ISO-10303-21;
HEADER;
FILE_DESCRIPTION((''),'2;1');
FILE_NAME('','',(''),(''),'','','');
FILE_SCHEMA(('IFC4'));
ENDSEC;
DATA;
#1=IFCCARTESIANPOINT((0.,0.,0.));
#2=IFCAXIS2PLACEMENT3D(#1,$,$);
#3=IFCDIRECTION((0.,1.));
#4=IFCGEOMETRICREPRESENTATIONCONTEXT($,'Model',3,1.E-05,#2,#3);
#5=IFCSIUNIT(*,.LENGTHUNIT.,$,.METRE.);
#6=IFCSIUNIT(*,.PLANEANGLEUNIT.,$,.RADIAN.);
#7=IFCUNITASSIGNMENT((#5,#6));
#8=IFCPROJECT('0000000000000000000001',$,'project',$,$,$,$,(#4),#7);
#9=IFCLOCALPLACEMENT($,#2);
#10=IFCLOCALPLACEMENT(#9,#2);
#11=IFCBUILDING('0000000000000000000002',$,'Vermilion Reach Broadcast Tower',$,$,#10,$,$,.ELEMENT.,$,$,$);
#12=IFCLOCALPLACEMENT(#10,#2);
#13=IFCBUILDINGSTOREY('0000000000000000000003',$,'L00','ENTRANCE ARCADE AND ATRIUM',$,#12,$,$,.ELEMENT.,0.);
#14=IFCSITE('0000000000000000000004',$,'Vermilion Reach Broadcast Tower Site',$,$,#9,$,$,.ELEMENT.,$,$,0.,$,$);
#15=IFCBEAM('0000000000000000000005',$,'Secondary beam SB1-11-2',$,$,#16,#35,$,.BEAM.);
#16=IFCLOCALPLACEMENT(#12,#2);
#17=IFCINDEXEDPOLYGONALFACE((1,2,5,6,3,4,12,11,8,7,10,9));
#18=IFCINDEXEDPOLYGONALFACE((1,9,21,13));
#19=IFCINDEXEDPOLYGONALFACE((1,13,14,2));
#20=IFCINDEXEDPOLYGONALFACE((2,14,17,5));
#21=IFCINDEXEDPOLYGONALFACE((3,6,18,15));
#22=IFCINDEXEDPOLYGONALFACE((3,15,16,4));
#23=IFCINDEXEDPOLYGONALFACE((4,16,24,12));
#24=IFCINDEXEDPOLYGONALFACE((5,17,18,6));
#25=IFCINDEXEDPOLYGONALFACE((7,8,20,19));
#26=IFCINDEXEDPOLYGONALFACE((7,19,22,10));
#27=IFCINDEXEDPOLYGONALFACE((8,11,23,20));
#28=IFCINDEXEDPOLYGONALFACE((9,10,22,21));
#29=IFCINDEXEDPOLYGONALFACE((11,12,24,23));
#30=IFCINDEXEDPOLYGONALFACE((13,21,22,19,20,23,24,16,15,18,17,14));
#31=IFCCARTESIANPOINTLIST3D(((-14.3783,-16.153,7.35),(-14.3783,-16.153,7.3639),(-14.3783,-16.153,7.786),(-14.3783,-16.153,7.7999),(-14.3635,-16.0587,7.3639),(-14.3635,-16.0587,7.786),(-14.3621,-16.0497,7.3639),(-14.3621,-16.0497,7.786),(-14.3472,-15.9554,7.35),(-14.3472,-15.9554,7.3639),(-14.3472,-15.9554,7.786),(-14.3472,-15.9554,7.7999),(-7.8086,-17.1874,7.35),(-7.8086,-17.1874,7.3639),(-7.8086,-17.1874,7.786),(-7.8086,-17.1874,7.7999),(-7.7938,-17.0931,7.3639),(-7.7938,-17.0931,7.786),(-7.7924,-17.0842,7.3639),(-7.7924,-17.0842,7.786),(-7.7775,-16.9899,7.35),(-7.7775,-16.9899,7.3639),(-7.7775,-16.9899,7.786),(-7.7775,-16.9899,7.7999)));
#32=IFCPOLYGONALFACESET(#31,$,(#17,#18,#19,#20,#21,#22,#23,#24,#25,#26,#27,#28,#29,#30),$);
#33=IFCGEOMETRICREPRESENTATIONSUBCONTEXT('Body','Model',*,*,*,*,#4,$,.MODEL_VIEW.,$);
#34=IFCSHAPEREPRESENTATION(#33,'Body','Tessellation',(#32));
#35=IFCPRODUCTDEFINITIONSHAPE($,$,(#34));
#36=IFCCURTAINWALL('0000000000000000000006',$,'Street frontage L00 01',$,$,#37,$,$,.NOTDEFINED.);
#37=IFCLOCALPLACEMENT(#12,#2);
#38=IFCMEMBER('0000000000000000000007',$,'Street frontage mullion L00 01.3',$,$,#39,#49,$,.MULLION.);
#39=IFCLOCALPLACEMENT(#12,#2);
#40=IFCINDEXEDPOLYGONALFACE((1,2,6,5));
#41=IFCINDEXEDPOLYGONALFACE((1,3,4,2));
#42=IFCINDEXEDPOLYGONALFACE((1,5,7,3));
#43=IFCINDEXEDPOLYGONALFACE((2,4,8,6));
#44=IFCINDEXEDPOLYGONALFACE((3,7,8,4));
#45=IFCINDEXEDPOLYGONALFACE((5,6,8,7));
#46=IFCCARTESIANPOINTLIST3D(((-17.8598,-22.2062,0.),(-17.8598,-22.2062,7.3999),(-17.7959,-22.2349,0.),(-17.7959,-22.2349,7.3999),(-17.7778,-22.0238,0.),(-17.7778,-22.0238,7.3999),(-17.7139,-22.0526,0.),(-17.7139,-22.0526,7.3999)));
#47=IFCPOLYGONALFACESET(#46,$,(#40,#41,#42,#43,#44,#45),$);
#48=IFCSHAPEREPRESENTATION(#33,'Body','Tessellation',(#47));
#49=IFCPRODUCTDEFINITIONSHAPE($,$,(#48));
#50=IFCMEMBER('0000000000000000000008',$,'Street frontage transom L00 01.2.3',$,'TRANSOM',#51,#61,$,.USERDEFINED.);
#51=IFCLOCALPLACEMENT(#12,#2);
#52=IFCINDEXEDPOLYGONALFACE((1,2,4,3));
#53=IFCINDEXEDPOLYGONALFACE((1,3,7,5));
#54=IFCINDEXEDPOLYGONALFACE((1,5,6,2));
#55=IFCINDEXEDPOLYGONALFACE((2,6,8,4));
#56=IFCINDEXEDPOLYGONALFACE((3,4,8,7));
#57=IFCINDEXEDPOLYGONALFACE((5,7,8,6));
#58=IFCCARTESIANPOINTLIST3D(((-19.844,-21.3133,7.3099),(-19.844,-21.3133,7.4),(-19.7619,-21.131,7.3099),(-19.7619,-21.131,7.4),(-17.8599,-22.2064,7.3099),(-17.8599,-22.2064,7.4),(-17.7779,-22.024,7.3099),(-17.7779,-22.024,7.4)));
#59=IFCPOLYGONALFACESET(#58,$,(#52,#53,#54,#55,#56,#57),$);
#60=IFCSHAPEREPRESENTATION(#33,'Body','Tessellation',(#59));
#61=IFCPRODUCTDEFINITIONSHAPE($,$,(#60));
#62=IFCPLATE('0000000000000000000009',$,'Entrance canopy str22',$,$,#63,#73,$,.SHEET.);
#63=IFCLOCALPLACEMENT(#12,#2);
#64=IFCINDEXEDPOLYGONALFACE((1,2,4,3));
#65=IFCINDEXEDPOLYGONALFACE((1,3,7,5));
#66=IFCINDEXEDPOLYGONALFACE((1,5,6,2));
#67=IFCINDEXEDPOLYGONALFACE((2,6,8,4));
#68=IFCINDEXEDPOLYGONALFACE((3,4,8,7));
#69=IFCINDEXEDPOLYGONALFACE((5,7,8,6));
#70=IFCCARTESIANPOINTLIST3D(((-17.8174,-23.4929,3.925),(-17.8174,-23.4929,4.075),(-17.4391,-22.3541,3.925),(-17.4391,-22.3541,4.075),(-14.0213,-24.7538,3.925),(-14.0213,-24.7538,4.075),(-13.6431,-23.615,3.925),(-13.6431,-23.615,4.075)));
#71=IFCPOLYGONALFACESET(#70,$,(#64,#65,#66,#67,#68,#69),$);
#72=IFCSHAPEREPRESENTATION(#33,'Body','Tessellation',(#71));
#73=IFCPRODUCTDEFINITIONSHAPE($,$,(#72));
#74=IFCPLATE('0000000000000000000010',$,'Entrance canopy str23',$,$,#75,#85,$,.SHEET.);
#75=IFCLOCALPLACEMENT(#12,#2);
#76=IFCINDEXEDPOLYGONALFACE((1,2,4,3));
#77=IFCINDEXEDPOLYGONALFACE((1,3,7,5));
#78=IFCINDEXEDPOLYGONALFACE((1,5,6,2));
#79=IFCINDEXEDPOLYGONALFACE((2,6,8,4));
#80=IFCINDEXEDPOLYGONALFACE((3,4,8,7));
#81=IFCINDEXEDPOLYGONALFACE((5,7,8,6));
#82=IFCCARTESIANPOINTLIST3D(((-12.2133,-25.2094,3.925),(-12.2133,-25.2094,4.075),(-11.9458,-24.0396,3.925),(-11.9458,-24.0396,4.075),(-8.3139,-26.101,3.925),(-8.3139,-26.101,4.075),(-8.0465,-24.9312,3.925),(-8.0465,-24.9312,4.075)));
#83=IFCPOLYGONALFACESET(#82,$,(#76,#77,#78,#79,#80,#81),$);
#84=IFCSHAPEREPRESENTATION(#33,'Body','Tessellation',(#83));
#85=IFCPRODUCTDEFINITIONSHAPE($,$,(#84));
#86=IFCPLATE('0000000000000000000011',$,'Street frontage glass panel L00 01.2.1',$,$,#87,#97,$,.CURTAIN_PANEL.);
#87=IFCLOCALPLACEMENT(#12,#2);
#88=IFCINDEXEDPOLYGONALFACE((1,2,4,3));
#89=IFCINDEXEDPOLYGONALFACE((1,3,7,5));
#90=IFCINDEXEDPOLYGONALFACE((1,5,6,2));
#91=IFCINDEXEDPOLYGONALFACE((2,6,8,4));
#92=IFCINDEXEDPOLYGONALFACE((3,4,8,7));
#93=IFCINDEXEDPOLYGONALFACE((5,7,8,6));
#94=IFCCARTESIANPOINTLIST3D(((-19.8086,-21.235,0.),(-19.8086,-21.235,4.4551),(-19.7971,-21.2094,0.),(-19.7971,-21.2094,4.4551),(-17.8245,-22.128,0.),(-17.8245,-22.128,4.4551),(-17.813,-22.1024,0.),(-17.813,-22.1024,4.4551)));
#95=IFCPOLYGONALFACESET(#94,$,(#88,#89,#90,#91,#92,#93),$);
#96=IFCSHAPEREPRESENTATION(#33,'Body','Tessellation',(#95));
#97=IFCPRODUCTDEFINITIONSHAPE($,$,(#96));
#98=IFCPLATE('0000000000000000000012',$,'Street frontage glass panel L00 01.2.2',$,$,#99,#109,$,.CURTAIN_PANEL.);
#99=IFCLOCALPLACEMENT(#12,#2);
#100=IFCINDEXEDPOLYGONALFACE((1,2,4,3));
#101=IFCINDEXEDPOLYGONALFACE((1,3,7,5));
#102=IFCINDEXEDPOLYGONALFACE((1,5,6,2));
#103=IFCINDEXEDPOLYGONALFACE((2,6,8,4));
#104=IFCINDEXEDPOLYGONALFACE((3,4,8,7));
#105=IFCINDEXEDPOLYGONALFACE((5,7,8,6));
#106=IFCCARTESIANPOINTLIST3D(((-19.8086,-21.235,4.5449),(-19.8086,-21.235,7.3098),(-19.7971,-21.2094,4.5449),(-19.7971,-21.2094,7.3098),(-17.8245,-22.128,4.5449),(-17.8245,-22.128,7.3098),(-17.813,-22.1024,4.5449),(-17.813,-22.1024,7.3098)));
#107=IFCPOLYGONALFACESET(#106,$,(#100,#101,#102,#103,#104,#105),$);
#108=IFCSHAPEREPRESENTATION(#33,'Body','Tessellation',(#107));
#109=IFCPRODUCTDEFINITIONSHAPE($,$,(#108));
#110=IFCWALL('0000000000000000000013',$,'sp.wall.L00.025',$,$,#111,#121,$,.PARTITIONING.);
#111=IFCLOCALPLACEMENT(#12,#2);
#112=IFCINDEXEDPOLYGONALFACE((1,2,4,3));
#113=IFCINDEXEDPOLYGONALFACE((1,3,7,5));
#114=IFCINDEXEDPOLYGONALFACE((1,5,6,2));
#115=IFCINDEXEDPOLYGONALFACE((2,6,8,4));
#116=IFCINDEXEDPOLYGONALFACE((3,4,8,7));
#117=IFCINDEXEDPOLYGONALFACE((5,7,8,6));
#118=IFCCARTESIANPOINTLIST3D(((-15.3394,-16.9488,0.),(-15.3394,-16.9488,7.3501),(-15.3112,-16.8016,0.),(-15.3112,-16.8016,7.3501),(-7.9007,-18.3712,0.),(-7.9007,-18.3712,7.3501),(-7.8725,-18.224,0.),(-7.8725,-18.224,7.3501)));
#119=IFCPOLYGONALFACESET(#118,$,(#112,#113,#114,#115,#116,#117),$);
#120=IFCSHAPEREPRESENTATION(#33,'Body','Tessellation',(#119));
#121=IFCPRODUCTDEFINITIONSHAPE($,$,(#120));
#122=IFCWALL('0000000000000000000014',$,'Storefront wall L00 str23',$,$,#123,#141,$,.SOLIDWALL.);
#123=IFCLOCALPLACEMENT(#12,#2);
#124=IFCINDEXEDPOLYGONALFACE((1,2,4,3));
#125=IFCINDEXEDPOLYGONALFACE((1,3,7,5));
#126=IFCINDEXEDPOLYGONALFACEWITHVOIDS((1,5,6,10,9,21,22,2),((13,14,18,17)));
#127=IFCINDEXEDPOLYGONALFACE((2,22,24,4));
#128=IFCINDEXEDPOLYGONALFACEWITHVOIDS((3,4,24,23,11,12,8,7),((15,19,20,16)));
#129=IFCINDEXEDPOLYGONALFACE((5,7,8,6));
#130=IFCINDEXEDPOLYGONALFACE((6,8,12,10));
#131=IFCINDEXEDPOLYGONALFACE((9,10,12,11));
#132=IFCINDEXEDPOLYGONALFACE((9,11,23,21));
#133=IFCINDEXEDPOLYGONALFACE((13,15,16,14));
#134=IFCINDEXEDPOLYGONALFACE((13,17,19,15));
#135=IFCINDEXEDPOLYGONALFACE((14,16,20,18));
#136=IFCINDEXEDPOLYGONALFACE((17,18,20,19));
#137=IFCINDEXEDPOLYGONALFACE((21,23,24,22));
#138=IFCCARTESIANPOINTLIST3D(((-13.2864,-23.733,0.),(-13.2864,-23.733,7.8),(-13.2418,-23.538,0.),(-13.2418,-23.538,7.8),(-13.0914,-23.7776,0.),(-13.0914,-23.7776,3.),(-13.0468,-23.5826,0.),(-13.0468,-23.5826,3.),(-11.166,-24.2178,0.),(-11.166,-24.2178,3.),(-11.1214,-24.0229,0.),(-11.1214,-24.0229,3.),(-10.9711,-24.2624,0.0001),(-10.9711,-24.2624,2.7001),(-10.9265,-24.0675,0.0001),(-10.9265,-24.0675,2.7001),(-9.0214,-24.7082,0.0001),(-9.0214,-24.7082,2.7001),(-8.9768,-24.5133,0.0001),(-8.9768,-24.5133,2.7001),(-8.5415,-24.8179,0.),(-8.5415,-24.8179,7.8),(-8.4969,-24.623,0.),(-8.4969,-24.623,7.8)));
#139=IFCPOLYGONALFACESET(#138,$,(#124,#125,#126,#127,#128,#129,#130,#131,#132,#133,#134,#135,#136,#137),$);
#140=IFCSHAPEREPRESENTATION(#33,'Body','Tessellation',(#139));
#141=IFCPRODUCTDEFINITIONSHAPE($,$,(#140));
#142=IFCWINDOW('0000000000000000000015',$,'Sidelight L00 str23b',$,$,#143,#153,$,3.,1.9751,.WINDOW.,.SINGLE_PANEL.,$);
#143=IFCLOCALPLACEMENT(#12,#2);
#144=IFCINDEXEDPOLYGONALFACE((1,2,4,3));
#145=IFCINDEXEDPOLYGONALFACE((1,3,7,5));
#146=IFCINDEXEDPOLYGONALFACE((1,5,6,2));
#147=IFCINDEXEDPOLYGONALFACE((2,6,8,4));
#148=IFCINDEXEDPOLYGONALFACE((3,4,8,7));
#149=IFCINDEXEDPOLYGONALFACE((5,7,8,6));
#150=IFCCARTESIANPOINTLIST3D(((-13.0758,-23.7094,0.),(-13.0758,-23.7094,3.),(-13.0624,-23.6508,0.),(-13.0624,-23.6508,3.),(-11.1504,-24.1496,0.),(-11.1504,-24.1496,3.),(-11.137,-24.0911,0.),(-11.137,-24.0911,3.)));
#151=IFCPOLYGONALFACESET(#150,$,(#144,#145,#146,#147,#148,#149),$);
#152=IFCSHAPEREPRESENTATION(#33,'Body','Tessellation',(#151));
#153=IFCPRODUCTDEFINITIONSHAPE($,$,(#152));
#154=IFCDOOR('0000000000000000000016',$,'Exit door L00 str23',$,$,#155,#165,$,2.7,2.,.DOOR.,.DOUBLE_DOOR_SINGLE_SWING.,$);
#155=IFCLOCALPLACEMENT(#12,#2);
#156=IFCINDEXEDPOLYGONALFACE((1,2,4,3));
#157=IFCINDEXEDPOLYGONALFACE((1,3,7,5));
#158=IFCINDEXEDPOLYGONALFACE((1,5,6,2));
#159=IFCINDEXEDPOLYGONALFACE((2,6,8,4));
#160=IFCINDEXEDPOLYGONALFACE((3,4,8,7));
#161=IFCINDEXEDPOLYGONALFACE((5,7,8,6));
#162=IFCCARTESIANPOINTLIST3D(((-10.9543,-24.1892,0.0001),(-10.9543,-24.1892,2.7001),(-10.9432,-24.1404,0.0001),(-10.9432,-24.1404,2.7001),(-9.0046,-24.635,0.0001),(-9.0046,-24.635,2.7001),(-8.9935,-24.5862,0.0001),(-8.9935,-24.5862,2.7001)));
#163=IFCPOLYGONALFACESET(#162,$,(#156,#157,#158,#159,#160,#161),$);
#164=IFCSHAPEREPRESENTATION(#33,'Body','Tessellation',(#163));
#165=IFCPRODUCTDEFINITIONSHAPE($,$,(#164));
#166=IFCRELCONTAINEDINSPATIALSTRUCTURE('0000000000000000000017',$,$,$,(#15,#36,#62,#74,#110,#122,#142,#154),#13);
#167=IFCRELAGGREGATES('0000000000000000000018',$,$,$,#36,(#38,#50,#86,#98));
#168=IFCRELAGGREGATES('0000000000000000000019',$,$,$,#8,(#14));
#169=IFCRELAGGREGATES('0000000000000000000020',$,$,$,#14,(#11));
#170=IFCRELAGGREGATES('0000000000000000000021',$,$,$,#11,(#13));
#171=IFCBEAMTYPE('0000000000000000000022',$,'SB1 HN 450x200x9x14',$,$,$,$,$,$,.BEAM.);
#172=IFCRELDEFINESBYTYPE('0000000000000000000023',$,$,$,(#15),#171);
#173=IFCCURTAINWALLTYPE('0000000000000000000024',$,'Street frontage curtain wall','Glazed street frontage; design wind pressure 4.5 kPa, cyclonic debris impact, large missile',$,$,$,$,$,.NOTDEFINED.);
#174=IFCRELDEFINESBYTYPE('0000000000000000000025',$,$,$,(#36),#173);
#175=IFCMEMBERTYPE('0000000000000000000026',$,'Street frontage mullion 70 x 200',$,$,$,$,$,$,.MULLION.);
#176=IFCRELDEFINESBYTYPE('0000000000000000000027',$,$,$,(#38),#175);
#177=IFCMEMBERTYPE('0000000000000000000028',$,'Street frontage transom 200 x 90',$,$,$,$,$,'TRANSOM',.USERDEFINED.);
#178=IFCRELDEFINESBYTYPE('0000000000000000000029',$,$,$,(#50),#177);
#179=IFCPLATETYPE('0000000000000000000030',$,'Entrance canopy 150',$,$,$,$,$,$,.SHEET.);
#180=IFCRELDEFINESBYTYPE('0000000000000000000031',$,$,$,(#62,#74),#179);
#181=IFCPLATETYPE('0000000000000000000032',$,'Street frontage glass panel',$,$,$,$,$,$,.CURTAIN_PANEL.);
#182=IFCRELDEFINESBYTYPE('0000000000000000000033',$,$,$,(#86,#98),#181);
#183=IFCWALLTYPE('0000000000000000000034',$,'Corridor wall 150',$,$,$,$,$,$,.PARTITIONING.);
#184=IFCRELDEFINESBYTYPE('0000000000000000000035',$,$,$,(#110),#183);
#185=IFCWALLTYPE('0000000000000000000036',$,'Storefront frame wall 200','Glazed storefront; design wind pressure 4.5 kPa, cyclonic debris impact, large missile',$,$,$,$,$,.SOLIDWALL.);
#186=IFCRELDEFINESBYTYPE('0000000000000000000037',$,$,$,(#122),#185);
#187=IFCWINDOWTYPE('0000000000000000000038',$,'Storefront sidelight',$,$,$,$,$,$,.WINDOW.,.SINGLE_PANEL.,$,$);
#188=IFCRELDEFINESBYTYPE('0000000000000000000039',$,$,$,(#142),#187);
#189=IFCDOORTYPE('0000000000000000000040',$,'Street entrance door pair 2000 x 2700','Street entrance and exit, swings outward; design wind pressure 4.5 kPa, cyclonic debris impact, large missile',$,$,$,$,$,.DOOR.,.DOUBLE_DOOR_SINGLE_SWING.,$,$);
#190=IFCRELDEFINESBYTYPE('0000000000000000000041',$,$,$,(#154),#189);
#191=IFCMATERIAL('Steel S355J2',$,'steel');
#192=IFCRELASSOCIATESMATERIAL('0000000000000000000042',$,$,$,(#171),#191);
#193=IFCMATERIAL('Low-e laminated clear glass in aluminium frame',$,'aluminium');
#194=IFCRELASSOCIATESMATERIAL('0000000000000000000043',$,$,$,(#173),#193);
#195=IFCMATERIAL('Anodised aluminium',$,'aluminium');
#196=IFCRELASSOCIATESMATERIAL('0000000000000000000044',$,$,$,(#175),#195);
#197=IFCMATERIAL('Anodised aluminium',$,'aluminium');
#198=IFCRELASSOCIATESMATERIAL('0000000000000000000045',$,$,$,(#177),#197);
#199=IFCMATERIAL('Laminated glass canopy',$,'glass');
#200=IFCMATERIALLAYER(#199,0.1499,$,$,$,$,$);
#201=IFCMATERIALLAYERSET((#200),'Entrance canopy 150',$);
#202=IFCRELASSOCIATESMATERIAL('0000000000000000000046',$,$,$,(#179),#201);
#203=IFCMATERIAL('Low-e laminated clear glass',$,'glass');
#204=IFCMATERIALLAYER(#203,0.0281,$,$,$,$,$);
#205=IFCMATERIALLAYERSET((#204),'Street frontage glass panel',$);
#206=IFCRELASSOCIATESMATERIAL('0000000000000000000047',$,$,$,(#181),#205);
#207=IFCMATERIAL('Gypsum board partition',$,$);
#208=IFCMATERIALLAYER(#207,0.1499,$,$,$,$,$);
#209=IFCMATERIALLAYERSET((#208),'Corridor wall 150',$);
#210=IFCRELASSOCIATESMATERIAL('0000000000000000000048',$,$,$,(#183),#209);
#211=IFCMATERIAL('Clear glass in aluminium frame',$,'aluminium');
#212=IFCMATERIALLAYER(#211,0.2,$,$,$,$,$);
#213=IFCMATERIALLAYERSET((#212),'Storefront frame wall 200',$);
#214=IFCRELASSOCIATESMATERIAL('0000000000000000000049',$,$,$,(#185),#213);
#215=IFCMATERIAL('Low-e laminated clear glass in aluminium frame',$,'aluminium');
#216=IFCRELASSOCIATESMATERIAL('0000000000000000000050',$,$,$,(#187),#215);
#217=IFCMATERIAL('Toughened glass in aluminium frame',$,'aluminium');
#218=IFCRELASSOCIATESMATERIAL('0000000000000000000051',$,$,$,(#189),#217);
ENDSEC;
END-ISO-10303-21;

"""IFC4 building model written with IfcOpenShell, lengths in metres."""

from ifc_helpers import new_model, si_unit, direction, frame, frame_2d, origin, origin_2d, place, context, subcontext, project, spatial, rectangle, i_section, extrude, material, layer, layer_set, material_profile, profile_set, type_object, element, fill, aggregate, save


model = new_model("IFC4")

# Units and contexts
model_context = context("Model", 3, precision=1e-05, world=origin(), true_north=direction((0.0, 1.0)))
body_context = subcontext(model_context, "Body", "Model", "MODEL_VIEW")
ifc_project = project(units=[si_unit("LENGTHUNIT", "METRE"), si_unit("PLANEANGLEUNIT", "RADIAN")], contexts=[model_context])

# Site, building, storey
site_placement = place(None, origin())
site = spatial("IfcSite", under=ifc_project, at=site_placement, Name="Vermilion Reach Broadcast Tower Site", CompositionType="ELEMENT", RefElevation=0.0)
building_placement = place(site_placement, origin())
building = spatial("IfcBuilding", under=site, at=building_placement, Name="Vermilion Reach Broadcast Tower", CompositionType="ELEMENT")
storey_placement = place(building_placement, origin())
storey = spatial("IfcBuildingStorey", under=building, at=storey_placement, Name="L00", Description="ENTRANCE ARCADE AND ATRIUM", CompositionType="ELEMENT", Elevation=0.0)

# Beam
ifc_material_1 = material(Name="Steel S355J2", Category="steel")
ifc_material_profile_1 = material_profile(ifc_material_1, i_section(OverallWidth=0.2, OverallDepth=0.45, WebThickness=0.009, FlangeThickness=0.0139, at=origin_2d()), Name="S355J2 HN 450x200x9x14")
ifc_profile_set_1 = profile_set([ifc_material_profile_1], Name="Steel S355J2")
beam_type_1 = type_object("IfcBeamType", Name="SB1 HN 450x200x9x14", PredefinedType="BEAM", material=ifc_profile_set_1)
beam_1_placement = place(storey_placement, frame((-14.3628, -16.0542, 7.575), z_axis=(0.98783, -0.15554, 0.0), x_axis=(0.15554, 0.98783, 0.0)))
element("IfcBeam", 1, at=beam_1_placement, inside=storey, type_object=beam_type_1, Name="Secondary beam SB1-11-2", PredefinedType="BEAM", context=body_context, shape_type="SweptSolid", body=[
    extrude(i_section(OverallWidth=0.2, OverallDepth=0.45, WebThickness=0.009, FlangeThickness=0.0139, at=origin_2d()), origin(), (0.0, 0.0, 1.0), 6.6506),
])

# Curtain wall, members
ifc_material_2 = material(Name="Low-e laminated clear glass in aluminium frame", Category="aluminium")
curtain_wall_type = type_object("IfcCurtainWallType", Name="Street frontage curtain wall", Description="Glazed street frontage; design wind pressure 4.5 kPa, cyclonic debris impact, large missile", PredefinedType="NOTDEFINED", material=ifc_material_2)
curtain_wall_placement = place(storey_placement, origin())
curtain_wall = element("IfcCurtainWall", 2, at=curtain_wall_placement, inside=storey, type_object=curtain_wall_type, Name="Street frontage L00 01", PredefinedType="NOTDEFINED")
ifc_material_3 = material(Name="Anodised aluminium", Category="aluminium")
ifc_material_profile_2 = material_profile(ifc_material_3, rectangle(XDim=0.2, YDim=0.0701, at=origin_2d()), Name="Street frontage mullion 70 x 200")
ifc_profile_set_2 = profile_set([ifc_material_profile_2], Name="Anodised aluminium")
member_type_1 = type_object("IfcMemberType", Name="Street frontage mullion 70 x 200", PredefinedType="MULLION", material=ifc_profile_set_2)
member_1_placement = place(storey_placement, frame((-17.7869, -22.1294, 0.0), z_axis=(0.0, 0.0, 1.0), x_axis=(0.410408, 0.911902, 0.0)))
member_1 = element("IfcMember", 3, at=member_1_placement, type_object=member_type_1, Name="Street frontage mullion L00 01.3", PredefinedType="MULLION", context=body_context, shape_type="SweptSolid", body=[
    extrude(rectangle(XDim=0.2, YDim=0.0701, at=origin_2d()), origin(), (0.0, 0.0, 1.0), 7.3999),
])
ifc_material_4 = material(Name="Anodised aluminium", Category="aluminium")
ifc_material_profile_3 = material_profile(ifc_material_4, rectangle(XDim=0.2, YDim=0.0901, at=origin_2d()), Name="Street frontage transom 200 x 90")
ifc_profile_set_3 = profile_set([ifc_material_profile_3], Name="Anodised aluminium")
member_type_2 = type_object("IfcMemberType", Name="Street frontage transom 200 x 90", ElementType="TRANSOM", PredefinedType="USERDEFINED", material=ifc_profile_set_3)
member_2_placement = place(storey_placement, frame((-19.803, -21.2222, 7.355), z_axis=(0.911886, -0.410444, 0.0), x_axis=(0.410444, 0.911886, 0.0)))
member_2 = element("IfcMember", 4, at=member_2_placement, type_object=member_type_2, Name="Street frontage transom L00 01.2.3", ObjectType="TRANSOM", PredefinedType="USERDEFINED", context=body_context, shape_type="SweptSolid", body=[
    extrude(rectangle(XDim=0.2, YDim=0.0901, at=origin_2d()), origin(), (0.0, 0.0, 1.0), 2.1758),
])

# Plates
ifc_material_5 = material(Name="Laminated glass canopy", Category="glass")
ifc_layer_1 = layer(ifc_material_5, 0.1499)
ifc_layer_set_1 = layer_set([ifc_layer_1], Name="Entrance canopy 150")
plate_type_1 = type_object("IfcPlateType", Name="Entrance canopy 150", PredefinedType="SHEET", material=ifc_layer_set_1)
for number, where, z_axis, x_axis, name in (
    (5, (-15.7302, -23.554, 3.925), (0.0, 0.0, 1.0), (-0.949016, 0.315228, 0.0), "Entrance canopy str22"),
    (6, (-10.1299, -25.0703, 3.925), (0.0, 0.0, 1.0), (-0.974843, 0.222892, 0.0), "Entrance canopy str23"),
):
    element("IfcPlate", number, at=place(storey_placement, frame(where, z_axis=z_axis, x_axis=x_axis)), inside=storey, type_object=plate_type_1, Name=name, PredefinedType="SHEET", context=body_context, shape_type="SweptSolid", body=[
        extrude(rectangle(XDim=4.0, YDim=1.2, at=origin_2d()), origin(), (0.0, 0.0, 1.0), 0.1499),
    ])

# Plates
ifc_material_6 = material(Name="Low-e laminated clear glass", Category="glass")
ifc_layer_2 = layer(ifc_material_6, 0.0281)
ifc_layer_set_2 = layer_set([ifc_layer_2], Name="Street frontage glass panel")
plate_type_2 = type_object("IfcPlateType", Name="Street frontage glass panel", PredefinedType="CURTAIN_PANEL", material=ifc_layer_set_2)
plate_1_placement = place(storey_placement, frame((-18.8108, -21.6687, 0.0), z_axis=(0.0, 0.0, 1.0), x_axis=(0.911902, -0.410408, 0.0)))
plate_1 = element("IfcPlate", 7, at=plate_1_placement, type_object=plate_type_2, Name="Street frontage glass panel L00 01.2.1", PredefinedType="CURTAIN_PANEL", context=body_context, shape_type="SweptSolid", body=[
    extrude(rectangle(XDim=2.1758, YDim=0.0281, at=origin_2d()), origin(), (0.0, 0.0, 1.0), 4.4551),
])
plate_2_placement = place(storey_placement, frame((-18.8108, -21.6687, 4.5449), z_axis=(0.0, 0.0, 1.0), x_axis=(0.911902, -0.410408, 0.0)))
plate_2 = element("IfcPlate", 8, at=plate_2_placement, type_object=plate_type_2, Name="Street frontage glass panel L00 01.2.2", PredefinedType="CURTAIN_PANEL", context=body_context, shape_type="SweptSolid", body=[
    extrude(rectangle(XDim=2.1758, YDim=0.0281, at=origin_2d()), origin(), (0.0, 0.0, 1.0), 2.7649),
])
aggregate(curtain_wall, [member_1, member_2, plate_1, plate_2])

# Wall
ifc_material_7 = material(Name="Gypsum board partition")
ifc_layer_3 = layer(ifc_material_7, 0.1499)
ifc_layer_set_3 = layer_set([ifc_layer_3], Name="Corridor wall 150")
wall_type_1 = type_object("IfcWallType", Name="Corridor wall 150", PredefinedType="PARTITIONING", material=ifc_layer_set_3)
wall_1_placement = place(storey_placement, frame((-15.3252, -16.8752, 0.0), z_axis=(0.0, 0.0, 1.0), x_axis=(0.982206, -0.187808, 0.0)))
element("IfcWall", 9, at=wall_1_placement, inside=storey, type_object=wall_type_1, Name="sp.wall.L00.025", PredefinedType="PARTITIONING", context=body_context, shape_type="SweptSolid", body=[
    extrude(rectangle(XDim=7.5735, YDim=0.1499, at=frame_2d((3.7866, 0.0))), origin(), (0.0, 0.0, 1.0), 7.3501),
])

# Wall, openings, window, door
ifc_material_8 = material(Name="Clear glass in aluminium frame", Category="aluminium")
ifc_layer_4 = layer(ifc_material_8, 0.2)
ifc_layer_set_4 = layer_set([ifc_layer_4], Name="Storefront frame wall 200")
wall_type_2 = type_object("IfcWallType", Name="Storefront frame wall 200", Description="Glazed storefront; design wind pressure 4.5 kPa, cyclonic debris impact, large missile", PredefinedType="SOLIDWALL", material=ifc_layer_set_4)
wall_2_placement = place(storey_placement, frame((-8.5193, -24.7205, 0.0), z_axis=(0.0, 0.0, 1.0), x_axis=(-0.97484, 0.222907, 0.0)))
wall_2 = element("IfcWall", 10, at=wall_2_placement, inside=storey, type_object=wall_type_2, Name="Storefront wall L00 str23", PredefinedType="SOLIDWALL", context=body_context, shape_type="SweptSolid", body=[
    extrude(rectangle(XDim=4.8674, YDim=0.2, at=frame_2d((2.4336, 0.0))), origin(), (0.0, 0.0, 1.0), 7.8),
])
opening_1_placement = place(wall_2_placement, frame((0.4922, 0.0, 0.0)))
opening_1 = element("IfcOpeningElement", 11, at=opening_1_placement, cuts=wall_2, PredefinedType="OPENING", context=body_context, shape_type="SweptSolid", body=[
    extrude(rectangle(XDim=2.0, YDim=2.7, at=frame_2d((1.0, 1.3501))), frame((0.0, 0.1099, 0.0), z_axis=(0.0, -1.0, 0.0), x_axis=(1.0, 0.0, 0.0)), (0.0, 0.0, 1.0), 0.22),
])
opening_2_placement = place(wall_2_placement, frame((2.6921, 0.0, 0.0)))
opening_2 = element("IfcOpeningElement", 12, at=opening_2_placement, cuts=wall_2, PredefinedType="OPENING", context=body_context, shape_type="SweptSolid", body=[
    extrude(rectangle(XDim=1.9751, YDim=3.0, at=frame_2d((0.9875, 1.5))), frame((0.0, 0.1099, 0.0), z_axis=(0.0, -1.0, 0.0), x_axis=(1.0, 0.0, 0.0)), (0.0, 0.0, 1.0), 0.22),
])
ifc_material_9 = material(Name="Low-e laminated clear glass in aluminium frame", Category="aluminium")
window_type = type_object("IfcWindowType", Name="Storefront sidelight", PartitioningType="SINGLE_PANEL", PredefinedType="WINDOW", material=ifc_material_9)
window_1_placement = place(opening_2_placement, origin())
window_1 = element("IfcWindow", 13, at=window_1_placement, inside=storey, type_object=window_type, Name="Sidelight L00 str23b", OverallHeight=3.0, OverallWidth=1.9751, PartitioningType="SINGLE_PANEL", PredefinedType="WINDOW", context=body_context, shape_type="SweptSolid", body=[
    extrude(rectangle(XDim=1.9751, YDim=3.0, at=frame_2d((0.9875, 1.5))), frame((0.0, 0.03, 0.0), z_axis=(0.0, -1.0, 0.0), x_axis=(1.0, 0.0, 0.0)), (0.0, 0.0, 1.0), 0.0601),
])
fill(opening_2, window_1)
ifc_material_10 = material(Name="Toughened glass in aluminium frame", Category="aluminium")
door_type = type_object("IfcDoorType", Name="Street entrance door pair 2000 x 2700", Description="Street entrance and exit, swings outward; design wind pressure 4.5 kPa, cyclonic debris impact, large missile", OperationType="DOUBLE_DOOR_SINGLE_SWING", PredefinedType="DOOR", material=ifc_material_10)
door_1_placement = place(opening_1_placement, origin())
door_1 = element("IfcDoor", 14, at=door_1_placement, inside=storey, type_object=door_type, Name="Exit door L00 str23", OperationType="DOUBLE_DOOR_SINGLE_SWING", OverallHeight=2.7, OverallWidth=2.0, PredefinedType="DOOR", context=body_context, shape_type="SweptSolid", body=[
    extrude(rectangle(XDim=2.0, YDim=2.7, at=frame_2d((1.0, 1.3501))), frame((0.0, 0.0249, 0.0), z_axis=(0.0, -1.0, 0.0), x_axis=(1.0, 0.0, 0.0)), (0.0, 0.0, 1.0), 0.05),
])
fill(opening_1, door_1)

save(model, "model.ifc")
